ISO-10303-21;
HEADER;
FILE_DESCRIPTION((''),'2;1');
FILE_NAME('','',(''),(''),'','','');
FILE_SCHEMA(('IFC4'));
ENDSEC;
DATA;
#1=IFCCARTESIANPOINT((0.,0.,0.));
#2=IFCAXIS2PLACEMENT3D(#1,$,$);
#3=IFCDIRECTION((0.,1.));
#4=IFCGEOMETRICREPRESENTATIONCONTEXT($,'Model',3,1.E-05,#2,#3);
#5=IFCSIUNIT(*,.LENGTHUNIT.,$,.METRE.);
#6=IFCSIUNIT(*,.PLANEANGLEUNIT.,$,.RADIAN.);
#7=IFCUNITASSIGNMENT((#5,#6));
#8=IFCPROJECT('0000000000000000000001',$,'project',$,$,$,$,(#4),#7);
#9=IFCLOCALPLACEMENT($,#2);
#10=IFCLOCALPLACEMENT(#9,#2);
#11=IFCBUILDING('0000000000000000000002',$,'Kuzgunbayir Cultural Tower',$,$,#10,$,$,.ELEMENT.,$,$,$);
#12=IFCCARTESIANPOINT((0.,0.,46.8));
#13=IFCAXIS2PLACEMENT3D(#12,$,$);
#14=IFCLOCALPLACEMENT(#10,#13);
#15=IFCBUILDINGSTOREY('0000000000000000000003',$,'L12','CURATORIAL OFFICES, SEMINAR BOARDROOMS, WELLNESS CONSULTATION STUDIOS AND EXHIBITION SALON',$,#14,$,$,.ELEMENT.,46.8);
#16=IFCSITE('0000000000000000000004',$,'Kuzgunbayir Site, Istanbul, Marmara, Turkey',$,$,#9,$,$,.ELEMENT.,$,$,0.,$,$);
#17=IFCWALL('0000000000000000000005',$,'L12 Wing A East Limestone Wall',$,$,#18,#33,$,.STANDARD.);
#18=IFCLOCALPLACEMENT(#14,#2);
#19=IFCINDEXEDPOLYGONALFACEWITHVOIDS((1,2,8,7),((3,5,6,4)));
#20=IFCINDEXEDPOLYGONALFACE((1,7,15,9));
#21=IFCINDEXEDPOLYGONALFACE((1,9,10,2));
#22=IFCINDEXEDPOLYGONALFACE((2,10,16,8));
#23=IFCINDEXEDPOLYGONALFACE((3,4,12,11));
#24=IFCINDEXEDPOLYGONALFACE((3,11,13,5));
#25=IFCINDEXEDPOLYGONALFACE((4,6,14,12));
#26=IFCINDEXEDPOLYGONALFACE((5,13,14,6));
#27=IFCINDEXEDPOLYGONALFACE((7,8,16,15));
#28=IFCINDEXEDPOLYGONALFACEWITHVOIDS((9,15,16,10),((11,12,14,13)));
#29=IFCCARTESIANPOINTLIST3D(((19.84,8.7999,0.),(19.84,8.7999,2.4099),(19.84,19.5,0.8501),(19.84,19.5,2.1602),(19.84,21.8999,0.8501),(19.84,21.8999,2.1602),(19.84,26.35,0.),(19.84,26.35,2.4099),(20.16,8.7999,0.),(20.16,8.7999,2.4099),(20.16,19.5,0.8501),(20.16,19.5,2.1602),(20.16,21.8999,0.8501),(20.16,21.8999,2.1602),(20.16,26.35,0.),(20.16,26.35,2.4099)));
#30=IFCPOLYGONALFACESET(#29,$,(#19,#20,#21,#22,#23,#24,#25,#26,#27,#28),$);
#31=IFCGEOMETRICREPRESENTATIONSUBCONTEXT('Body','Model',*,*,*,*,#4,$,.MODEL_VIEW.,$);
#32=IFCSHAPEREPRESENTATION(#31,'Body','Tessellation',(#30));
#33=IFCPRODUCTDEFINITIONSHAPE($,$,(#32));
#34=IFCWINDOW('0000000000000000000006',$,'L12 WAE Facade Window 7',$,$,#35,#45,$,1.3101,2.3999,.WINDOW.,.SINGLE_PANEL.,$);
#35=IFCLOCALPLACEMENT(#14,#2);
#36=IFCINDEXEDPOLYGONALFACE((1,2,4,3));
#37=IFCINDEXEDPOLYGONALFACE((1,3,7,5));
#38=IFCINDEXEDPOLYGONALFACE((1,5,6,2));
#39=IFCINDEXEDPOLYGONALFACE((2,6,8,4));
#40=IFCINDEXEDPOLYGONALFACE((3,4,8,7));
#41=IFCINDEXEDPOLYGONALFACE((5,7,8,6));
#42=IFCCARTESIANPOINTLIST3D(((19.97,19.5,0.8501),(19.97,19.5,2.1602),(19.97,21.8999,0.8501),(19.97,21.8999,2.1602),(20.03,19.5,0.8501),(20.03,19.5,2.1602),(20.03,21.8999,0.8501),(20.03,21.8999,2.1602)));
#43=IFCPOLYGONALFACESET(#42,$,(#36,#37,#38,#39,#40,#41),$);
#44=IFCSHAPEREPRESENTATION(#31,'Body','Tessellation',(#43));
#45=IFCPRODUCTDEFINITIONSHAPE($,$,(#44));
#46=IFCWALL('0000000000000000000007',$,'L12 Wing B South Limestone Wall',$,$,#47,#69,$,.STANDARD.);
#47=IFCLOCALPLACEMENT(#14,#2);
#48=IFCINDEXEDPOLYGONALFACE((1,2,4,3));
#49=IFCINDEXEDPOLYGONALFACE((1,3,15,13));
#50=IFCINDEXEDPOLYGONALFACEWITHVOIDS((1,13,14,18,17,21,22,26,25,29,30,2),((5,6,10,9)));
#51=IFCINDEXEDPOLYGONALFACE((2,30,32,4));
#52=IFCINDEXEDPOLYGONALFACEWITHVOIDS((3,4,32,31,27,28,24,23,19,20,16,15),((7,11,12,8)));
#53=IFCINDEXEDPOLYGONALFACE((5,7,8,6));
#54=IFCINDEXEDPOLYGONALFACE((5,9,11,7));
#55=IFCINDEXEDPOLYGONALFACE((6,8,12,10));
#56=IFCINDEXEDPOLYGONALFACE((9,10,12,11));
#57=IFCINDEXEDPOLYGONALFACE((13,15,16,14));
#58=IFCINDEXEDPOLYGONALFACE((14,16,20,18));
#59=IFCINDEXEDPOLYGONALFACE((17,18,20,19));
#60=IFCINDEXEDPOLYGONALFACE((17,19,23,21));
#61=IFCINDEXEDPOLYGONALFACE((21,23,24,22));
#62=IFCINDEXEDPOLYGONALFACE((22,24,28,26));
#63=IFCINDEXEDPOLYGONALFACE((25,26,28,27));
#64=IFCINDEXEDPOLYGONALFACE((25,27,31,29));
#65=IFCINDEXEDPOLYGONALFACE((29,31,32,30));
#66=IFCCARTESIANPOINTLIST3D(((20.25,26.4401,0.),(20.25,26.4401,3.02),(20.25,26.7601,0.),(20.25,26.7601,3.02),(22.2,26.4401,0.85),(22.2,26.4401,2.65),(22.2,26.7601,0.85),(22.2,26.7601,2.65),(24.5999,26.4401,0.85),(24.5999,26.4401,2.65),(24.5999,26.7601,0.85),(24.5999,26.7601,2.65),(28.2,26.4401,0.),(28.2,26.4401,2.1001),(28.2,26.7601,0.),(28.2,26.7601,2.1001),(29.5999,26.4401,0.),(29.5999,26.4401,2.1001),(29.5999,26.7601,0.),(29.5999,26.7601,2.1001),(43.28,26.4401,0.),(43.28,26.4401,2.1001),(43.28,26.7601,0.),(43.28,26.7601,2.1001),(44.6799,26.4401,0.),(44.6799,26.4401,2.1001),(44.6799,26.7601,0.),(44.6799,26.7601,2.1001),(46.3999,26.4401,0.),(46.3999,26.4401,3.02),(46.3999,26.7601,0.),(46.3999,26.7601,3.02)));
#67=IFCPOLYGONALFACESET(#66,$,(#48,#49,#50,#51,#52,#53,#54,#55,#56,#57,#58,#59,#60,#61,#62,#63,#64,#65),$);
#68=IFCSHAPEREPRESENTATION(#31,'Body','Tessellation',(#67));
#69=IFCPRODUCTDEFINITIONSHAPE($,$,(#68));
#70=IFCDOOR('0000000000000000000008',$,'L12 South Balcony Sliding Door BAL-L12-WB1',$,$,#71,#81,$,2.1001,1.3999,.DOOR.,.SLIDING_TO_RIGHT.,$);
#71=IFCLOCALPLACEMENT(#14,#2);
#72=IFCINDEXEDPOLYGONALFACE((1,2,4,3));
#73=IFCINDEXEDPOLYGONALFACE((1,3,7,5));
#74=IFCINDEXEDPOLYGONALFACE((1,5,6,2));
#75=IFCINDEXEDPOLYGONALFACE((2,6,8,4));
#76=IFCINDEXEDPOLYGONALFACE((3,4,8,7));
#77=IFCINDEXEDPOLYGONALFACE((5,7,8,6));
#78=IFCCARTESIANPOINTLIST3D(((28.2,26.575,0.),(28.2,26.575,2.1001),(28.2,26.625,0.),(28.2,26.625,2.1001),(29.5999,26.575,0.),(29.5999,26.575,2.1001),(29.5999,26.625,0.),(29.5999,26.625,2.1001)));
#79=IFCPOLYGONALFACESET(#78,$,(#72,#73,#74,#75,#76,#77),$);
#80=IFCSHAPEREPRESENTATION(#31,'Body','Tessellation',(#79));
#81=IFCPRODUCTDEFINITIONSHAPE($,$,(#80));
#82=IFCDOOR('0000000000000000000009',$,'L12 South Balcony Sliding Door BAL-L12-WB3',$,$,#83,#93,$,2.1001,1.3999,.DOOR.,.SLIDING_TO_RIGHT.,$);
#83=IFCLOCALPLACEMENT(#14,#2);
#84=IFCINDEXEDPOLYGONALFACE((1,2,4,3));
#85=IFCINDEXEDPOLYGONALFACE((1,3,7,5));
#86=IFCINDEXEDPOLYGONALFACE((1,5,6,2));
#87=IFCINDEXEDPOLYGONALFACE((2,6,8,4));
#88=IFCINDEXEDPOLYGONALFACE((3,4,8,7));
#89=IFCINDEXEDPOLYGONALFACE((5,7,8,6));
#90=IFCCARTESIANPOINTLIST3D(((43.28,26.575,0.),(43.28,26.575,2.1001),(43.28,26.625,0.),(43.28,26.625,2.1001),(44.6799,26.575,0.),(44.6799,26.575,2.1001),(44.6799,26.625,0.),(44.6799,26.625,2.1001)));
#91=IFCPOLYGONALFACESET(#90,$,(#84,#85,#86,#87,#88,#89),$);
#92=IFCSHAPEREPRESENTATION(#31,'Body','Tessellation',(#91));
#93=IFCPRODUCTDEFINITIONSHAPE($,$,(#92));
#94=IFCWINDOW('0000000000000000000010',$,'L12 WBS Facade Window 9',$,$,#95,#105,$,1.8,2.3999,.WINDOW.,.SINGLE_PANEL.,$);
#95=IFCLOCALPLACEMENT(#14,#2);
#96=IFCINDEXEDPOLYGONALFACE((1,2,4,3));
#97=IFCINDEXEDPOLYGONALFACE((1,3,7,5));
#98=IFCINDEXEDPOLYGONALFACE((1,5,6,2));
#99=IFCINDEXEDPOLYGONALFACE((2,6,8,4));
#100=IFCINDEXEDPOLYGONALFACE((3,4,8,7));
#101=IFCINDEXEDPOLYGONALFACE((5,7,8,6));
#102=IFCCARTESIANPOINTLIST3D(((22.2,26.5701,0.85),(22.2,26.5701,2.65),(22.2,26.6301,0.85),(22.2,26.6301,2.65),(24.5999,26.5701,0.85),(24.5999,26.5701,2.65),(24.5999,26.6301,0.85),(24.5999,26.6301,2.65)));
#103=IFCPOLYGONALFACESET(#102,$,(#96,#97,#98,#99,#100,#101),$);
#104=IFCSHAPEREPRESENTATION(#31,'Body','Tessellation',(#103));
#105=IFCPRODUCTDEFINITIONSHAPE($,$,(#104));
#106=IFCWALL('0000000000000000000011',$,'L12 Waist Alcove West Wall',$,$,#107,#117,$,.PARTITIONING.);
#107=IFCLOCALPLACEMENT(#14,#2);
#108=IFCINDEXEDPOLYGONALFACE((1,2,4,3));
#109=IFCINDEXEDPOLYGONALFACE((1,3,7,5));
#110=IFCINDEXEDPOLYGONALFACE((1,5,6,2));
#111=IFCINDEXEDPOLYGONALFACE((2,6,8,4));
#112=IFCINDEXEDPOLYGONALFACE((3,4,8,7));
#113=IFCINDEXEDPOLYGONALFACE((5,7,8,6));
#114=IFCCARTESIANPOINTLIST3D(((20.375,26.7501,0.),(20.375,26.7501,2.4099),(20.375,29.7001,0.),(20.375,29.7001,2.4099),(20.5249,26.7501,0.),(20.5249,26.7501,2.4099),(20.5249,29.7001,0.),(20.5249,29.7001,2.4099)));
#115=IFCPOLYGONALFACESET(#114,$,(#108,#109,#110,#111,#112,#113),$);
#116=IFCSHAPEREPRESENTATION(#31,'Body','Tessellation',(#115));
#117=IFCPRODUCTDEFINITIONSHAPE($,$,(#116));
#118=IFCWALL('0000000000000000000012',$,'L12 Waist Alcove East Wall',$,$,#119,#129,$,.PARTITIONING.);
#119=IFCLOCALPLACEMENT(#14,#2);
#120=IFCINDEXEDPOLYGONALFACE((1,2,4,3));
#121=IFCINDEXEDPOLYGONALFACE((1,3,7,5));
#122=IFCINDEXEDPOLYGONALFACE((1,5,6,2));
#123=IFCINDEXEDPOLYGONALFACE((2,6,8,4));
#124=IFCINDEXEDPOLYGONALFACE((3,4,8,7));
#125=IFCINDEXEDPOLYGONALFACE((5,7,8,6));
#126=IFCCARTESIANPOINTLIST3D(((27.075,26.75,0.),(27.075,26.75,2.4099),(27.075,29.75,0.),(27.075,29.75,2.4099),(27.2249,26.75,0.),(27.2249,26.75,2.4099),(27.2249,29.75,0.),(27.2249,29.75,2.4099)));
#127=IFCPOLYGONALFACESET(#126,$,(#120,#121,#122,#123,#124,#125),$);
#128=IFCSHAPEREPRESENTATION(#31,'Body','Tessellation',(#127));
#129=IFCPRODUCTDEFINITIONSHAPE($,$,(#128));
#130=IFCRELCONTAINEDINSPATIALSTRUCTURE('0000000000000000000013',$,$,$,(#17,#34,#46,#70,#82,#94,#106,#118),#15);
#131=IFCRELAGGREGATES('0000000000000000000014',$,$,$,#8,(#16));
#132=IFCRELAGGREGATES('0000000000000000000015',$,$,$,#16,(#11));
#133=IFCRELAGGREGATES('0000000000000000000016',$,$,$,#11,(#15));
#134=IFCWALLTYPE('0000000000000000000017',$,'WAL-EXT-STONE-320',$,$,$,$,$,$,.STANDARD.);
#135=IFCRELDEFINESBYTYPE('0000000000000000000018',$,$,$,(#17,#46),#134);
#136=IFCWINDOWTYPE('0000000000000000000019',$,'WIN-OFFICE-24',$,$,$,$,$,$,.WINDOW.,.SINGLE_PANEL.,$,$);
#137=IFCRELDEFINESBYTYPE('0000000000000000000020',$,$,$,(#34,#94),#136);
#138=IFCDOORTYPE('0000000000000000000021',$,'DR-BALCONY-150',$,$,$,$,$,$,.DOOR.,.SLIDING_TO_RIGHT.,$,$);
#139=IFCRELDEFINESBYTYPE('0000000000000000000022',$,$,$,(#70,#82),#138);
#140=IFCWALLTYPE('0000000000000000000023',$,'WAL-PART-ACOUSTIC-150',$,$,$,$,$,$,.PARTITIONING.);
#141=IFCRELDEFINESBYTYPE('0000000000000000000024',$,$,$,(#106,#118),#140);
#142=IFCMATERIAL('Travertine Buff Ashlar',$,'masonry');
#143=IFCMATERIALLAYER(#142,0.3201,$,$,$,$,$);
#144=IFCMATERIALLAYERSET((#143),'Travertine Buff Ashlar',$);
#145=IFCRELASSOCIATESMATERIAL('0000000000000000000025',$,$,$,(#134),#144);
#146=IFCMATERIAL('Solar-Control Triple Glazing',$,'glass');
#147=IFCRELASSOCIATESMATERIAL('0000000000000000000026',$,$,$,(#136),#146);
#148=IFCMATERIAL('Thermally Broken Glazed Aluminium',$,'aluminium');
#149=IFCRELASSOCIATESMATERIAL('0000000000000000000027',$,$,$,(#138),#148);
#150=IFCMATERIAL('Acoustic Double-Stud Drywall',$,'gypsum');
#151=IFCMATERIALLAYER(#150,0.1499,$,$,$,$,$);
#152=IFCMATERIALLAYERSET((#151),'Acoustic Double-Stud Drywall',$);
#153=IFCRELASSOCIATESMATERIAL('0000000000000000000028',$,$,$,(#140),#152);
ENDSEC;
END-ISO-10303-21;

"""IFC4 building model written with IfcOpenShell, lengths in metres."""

from ifc_helpers import new_model, si_unit, direction, frame, frame_2d, origin, place, context, subcontext, project, spatial, rectangle, extrude, material, layer, layer_set, type_object, element, fill, save


model = new_model("IFC4")

# Units and contexts
model_context = context("Model", 3, precision=1e-05, world=origin(), true_north=direction((0.0, 1.0)))
body_context = subcontext(model_context, "Body", "Model", "MODEL_VIEW")
ifc_project = project(units=[si_unit("LENGTHUNIT", "METRE"), si_unit("PLANEANGLEUNIT", "RADIAN")], contexts=[model_context])

# Site, building, storey
site_placement = place(None, origin())
site = spatial("IfcSite", under=ifc_project, at=site_placement, Name="Kuzgunbayir Site, Istanbul, Marmara, Turkey", CompositionType="ELEMENT", RefElevation=0.0)
building_placement = place(site_placement, origin())
building = spatial("IfcBuilding", under=site, at=building_placement, Name="Kuzgunbayir Cultural Tower", CompositionType="ELEMENT")
storey_placement = place(building_placement, frame((0.0, 0.0, 46.8)))
storey = spatial("IfcBuildingStorey", under=building, at=storey_placement, Name="L12", Description="CURATORIAL OFFICES, SEMINAR BOARDROOMS, WELLNESS CONSULTATION STUDIOS AND EXHIBITION SALON", CompositionType="ELEMENT", Elevation=46.8)

# Wall, opening, window
ifc_material_1 = material(Name="Travertine Buff Ashlar", Category="masonry")
ifc_layer_1 = layer(ifc_material_1, 0.3201)
ifc_layer_set_1 = layer_set([ifc_layer_1], Name="Travertine Buff Ashlar")
wall_type_1 = type_object("IfcWallType", Name="WAL-EXT-STONE-320", PredefinedType="STANDARD", material=ifc_layer_set_1)
wall_1_placement = place(storey_placement, frame((20.0, 8.8, 0.0), z_axis=(0.0, 0.0, 1.0), x_axis=(0.0, 1.0, 0.0)))
wall_1 = element("IfcWall", 1, at=wall_1_placement, inside=storey, type_object=wall_type_1, Name="L12 Wing A East Limestone Wall", PredefinedType="STANDARD", context=body_context, shape_type="SweptSolid", body=[
    extrude(rectangle(XDim=17.55, YDim=0.3201, at=frame_2d((8.7749, 0.0))), origin(), (0.0, 0.0, 1.0), 2.4099),
])
opening_1_placement = place(wall_1_placement, frame((10.7, 0.0, 0.8501)))
opening_1 = element("IfcOpeningElement", 2, at=opening_1_placement, cuts=wall_1, PredefinedType="OPENING", context=body_context, shape_type="SweptSolid", body=[
    extrude(rectangle(XDim=2.3999, YDim=1.3101, at=frame_2d((1.2, 0.655))), frame((0.0, 0.1699, 0.0), z_axis=(0.0, -1.0, 0.0), x_axis=(1.0, 0.0, 0.0)), (0.0, 0.0, 1.0), 0.3401),
])
ifc_material_2 = material(Name="Solar-Control Triple Glazing", Category="glass")
window_type = type_object("IfcWindowType", Name="WIN-OFFICE-24", PartitioningType="SINGLE_PANEL", PredefinedType="WINDOW", material=ifc_material_2)
window_1_placement = place(opening_1_placement, origin())
window_1 = element("IfcWindow", 3, at=window_1_placement, inside=storey, type_object=window_type, Name="L12 WAE Facade Window 7", OverallHeight=1.3101, OverallWidth=2.3999, PartitioningType="SINGLE_PANEL", PredefinedType="WINDOW", context=body_context, shape_type="SweptSolid", body=[
    extrude(rectangle(XDim=2.3999, YDim=1.3101, at=frame_2d((1.2, 0.655))), frame((0.0, 0.03, 0.0), z_axis=(0.0, -1.0, 0.0), x_axis=(1.0, 0.0, 0.0)), (0.0, 0.0, 1.0), 0.0601),
])
fill(opening_1, window_1)

# Wall, openings, doors, window
wall_2_placement = place(storey_placement, frame((20.25, 26.6001, 0.0), z_axis=(0.0, 0.0, 1.0), x_axis=(1.0, 0.0, 0.0)))
wall_2 = element("IfcWall", 4, at=wall_2_placement, inside=storey, type_object=wall_type_1, Name="L12 Wing B South Limestone Wall", PredefinedType="STANDARD", context=body_context, shape_type="SweptSolid", body=[
    extrude(rectangle(XDim=26.1499, YDim=0.3201, at=frame_2d((13.075, 0.0))), origin(), (0.0, 0.0, 1.0), 3.02),
])
opening_2_placement = place(wall_2_placement, frame((7.95, 0.0, 0.0)))
opening_2 = element("IfcOpeningElement", 5, at=opening_2_placement, cuts=wall_2, PredefinedType="OPENING", context=body_context, shape_type="SweptSolid", body=[
    extrude(rectangle(XDim=1.3999, YDim=2.1001, at=frame_2d((0.7, 1.05))), frame((0.0, 0.1699, 0.0), z_axis=(0.0, -1.0, 0.0), x_axis=(1.0, 0.0, 0.0)), (0.0, 0.0, 1.0), 0.3401),
])
opening_3_placement = place(wall_2_placement, frame((23.03, 0.0, 0.0)))
opening_3 = element("IfcOpeningElement", 6, at=opening_3_placement, cuts=wall_2, PredefinedType="OPENING", context=body_context, shape_type="SweptSolid", body=[
    extrude(rectangle(XDim=1.3999, YDim=2.1001, at=frame_2d((0.7, 1.05))), frame((0.0, 0.1699, 0.0), z_axis=(0.0, -1.0, 0.0), x_axis=(1.0, 0.0, 0.0)), (0.0, 0.0, 1.0), 0.3401),
])
opening_4_placement = place(wall_2_placement, frame((1.95, 0.0, 0.8501)))
opening_4 = element("IfcOpeningElement", 7, at=opening_4_placement, cuts=wall_2, PredefinedType="OPENING", context=body_context, shape_type="SweptSolid", body=[
    extrude(rectangle(XDim=2.3999, YDim=1.8, at=frame_2d((1.2, 0.8999))), frame((0.0, 0.1699, 0.0), z_axis=(0.0, -1.0, 0.0), x_axis=(1.0, 0.0, 0.0)), (0.0, 0.0, 1.0), 0.3401),
])
ifc_material_3 = material(Name="Thermally Broken Glazed Aluminium", Category="aluminium")
door_type = type_object("IfcDoorType", Name="DR-BALCONY-150", OperationType="SLIDING_TO_RIGHT", PredefinedType="DOOR", material=ifc_material_3)
door_1_placement = place(opening_2_placement, origin())
door_1 = element("IfcDoor", 8, at=door_1_placement, inside=storey, type_object=door_type, Name="L12 South Balcony Sliding Door BAL-L12-WB1", OperationType="SLIDING_TO_RIGHT", OverallHeight=2.1001, OverallWidth=1.3999, PredefinedType="DOOR", context=body_context, shape_type="SweptSolid", body=[
    extrude(rectangle(XDim=1.3999, YDim=2.1001, at=frame_2d((0.7, 1.05))), frame((0.0, 0.0249, 0.0), z_axis=(0.0, -1.0, 0.0), x_axis=(1.0, 0.0, 0.0)), (0.0, 0.0, 1.0), 0.05),
])
fill(opening_2, door_1)
door_2_placement = place(opening_3_placement, origin())
door_2 = element("IfcDoor", 9, at=door_2_placement, inside=storey, type_object=door_type, Name="L12 South Balcony Sliding Door BAL-L12-WB3", OperationType="SLIDING_TO_RIGHT", OverallHeight=2.1001, OverallWidth=1.3999, PredefinedType="DOOR", context=body_context, shape_type="SweptSolid", body=[
    extrude(rectangle(XDim=1.3999, YDim=2.1001, at=frame_2d((0.7, 1.05))), frame((0.0, 0.0249, 0.0), z_axis=(0.0, -1.0, 0.0), x_axis=(1.0, 0.0, 0.0)), (0.0, 0.0, 1.0), 0.05),
])
fill(opening_3, door_2)
window_2_placement = place(opening_4_placement, origin())
window_2 = element("IfcWindow", 10, at=window_2_placement, inside=storey, type_object=window_type, Name="L12 WBS Facade Window 9", OverallHeight=1.8, OverallWidth=2.3999, PartitioningType="SINGLE_PANEL", PredefinedType="WINDOW", context=body_context, shape_type="SweptSolid", body=[
    extrude(rectangle(XDim=2.3999, YDim=1.8, at=frame_2d((1.2, 0.8999))), frame((0.0, 0.03, 0.0), z_axis=(0.0, -1.0, 0.0), x_axis=(1.0, 0.0, 0.0)), (0.0, 0.0, 1.0), 0.0601),
])
fill(opening_4, window_2)

# Walls
ifc_material_4 = material(Name="Acoustic Double-Stud Drywall", Category="gypsum")
ifc_layer_2 = layer(ifc_material_4, 0.1499)
ifc_layer_set_2 = layer_set([ifc_layer_2], Name="Acoustic Double-Stud Drywall")
wall_type_2 = type_object("IfcWallType", Name="WAL-PART-ACOUSTIC-150", PredefinedType="PARTITIONING", material=ifc_layer_set_2)
wall_3_placement = place(storey_placement, frame((20.45, 26.75, 0.0), z_axis=(0.0, 0.0, 1.0), x_axis=(0.0, 1.0, 0.0)))
element("IfcWall", 11, at=wall_3_placement, inside=storey, type_object=wall_type_2, Name="L12 Waist Alcove West Wall", PredefinedType="PARTITIONING", context=body_context, shape_type="SweptSolid", body=[
    extrude(rectangle(XDim=2.95, YDim=0.1499, at=frame_2d((1.4751, 0.0))), origin(), (0.0, 0.0, 1.0), 2.4099),
])
wall_4_placement = place(storey_placement, frame((27.1499, 26.75, 0.0), z_axis=(0.0, 0.0, 1.0), x_axis=(0.0, 1.0, 0.0)))
element("IfcWall", 12, at=wall_4_placement, inside=storey, type_object=wall_type_2, Name="L12 Waist Alcove East Wall", PredefinedType="PARTITIONING", context=body_context, shape_type="SweptSolid", body=[
    extrude(rectangle(XDim=3.0, YDim=0.1499, at=frame_2d((1.5, 0.0))), origin(), (0.0, 0.0, 1.0), 2.4099),
])

save(model, "model.ifc")
